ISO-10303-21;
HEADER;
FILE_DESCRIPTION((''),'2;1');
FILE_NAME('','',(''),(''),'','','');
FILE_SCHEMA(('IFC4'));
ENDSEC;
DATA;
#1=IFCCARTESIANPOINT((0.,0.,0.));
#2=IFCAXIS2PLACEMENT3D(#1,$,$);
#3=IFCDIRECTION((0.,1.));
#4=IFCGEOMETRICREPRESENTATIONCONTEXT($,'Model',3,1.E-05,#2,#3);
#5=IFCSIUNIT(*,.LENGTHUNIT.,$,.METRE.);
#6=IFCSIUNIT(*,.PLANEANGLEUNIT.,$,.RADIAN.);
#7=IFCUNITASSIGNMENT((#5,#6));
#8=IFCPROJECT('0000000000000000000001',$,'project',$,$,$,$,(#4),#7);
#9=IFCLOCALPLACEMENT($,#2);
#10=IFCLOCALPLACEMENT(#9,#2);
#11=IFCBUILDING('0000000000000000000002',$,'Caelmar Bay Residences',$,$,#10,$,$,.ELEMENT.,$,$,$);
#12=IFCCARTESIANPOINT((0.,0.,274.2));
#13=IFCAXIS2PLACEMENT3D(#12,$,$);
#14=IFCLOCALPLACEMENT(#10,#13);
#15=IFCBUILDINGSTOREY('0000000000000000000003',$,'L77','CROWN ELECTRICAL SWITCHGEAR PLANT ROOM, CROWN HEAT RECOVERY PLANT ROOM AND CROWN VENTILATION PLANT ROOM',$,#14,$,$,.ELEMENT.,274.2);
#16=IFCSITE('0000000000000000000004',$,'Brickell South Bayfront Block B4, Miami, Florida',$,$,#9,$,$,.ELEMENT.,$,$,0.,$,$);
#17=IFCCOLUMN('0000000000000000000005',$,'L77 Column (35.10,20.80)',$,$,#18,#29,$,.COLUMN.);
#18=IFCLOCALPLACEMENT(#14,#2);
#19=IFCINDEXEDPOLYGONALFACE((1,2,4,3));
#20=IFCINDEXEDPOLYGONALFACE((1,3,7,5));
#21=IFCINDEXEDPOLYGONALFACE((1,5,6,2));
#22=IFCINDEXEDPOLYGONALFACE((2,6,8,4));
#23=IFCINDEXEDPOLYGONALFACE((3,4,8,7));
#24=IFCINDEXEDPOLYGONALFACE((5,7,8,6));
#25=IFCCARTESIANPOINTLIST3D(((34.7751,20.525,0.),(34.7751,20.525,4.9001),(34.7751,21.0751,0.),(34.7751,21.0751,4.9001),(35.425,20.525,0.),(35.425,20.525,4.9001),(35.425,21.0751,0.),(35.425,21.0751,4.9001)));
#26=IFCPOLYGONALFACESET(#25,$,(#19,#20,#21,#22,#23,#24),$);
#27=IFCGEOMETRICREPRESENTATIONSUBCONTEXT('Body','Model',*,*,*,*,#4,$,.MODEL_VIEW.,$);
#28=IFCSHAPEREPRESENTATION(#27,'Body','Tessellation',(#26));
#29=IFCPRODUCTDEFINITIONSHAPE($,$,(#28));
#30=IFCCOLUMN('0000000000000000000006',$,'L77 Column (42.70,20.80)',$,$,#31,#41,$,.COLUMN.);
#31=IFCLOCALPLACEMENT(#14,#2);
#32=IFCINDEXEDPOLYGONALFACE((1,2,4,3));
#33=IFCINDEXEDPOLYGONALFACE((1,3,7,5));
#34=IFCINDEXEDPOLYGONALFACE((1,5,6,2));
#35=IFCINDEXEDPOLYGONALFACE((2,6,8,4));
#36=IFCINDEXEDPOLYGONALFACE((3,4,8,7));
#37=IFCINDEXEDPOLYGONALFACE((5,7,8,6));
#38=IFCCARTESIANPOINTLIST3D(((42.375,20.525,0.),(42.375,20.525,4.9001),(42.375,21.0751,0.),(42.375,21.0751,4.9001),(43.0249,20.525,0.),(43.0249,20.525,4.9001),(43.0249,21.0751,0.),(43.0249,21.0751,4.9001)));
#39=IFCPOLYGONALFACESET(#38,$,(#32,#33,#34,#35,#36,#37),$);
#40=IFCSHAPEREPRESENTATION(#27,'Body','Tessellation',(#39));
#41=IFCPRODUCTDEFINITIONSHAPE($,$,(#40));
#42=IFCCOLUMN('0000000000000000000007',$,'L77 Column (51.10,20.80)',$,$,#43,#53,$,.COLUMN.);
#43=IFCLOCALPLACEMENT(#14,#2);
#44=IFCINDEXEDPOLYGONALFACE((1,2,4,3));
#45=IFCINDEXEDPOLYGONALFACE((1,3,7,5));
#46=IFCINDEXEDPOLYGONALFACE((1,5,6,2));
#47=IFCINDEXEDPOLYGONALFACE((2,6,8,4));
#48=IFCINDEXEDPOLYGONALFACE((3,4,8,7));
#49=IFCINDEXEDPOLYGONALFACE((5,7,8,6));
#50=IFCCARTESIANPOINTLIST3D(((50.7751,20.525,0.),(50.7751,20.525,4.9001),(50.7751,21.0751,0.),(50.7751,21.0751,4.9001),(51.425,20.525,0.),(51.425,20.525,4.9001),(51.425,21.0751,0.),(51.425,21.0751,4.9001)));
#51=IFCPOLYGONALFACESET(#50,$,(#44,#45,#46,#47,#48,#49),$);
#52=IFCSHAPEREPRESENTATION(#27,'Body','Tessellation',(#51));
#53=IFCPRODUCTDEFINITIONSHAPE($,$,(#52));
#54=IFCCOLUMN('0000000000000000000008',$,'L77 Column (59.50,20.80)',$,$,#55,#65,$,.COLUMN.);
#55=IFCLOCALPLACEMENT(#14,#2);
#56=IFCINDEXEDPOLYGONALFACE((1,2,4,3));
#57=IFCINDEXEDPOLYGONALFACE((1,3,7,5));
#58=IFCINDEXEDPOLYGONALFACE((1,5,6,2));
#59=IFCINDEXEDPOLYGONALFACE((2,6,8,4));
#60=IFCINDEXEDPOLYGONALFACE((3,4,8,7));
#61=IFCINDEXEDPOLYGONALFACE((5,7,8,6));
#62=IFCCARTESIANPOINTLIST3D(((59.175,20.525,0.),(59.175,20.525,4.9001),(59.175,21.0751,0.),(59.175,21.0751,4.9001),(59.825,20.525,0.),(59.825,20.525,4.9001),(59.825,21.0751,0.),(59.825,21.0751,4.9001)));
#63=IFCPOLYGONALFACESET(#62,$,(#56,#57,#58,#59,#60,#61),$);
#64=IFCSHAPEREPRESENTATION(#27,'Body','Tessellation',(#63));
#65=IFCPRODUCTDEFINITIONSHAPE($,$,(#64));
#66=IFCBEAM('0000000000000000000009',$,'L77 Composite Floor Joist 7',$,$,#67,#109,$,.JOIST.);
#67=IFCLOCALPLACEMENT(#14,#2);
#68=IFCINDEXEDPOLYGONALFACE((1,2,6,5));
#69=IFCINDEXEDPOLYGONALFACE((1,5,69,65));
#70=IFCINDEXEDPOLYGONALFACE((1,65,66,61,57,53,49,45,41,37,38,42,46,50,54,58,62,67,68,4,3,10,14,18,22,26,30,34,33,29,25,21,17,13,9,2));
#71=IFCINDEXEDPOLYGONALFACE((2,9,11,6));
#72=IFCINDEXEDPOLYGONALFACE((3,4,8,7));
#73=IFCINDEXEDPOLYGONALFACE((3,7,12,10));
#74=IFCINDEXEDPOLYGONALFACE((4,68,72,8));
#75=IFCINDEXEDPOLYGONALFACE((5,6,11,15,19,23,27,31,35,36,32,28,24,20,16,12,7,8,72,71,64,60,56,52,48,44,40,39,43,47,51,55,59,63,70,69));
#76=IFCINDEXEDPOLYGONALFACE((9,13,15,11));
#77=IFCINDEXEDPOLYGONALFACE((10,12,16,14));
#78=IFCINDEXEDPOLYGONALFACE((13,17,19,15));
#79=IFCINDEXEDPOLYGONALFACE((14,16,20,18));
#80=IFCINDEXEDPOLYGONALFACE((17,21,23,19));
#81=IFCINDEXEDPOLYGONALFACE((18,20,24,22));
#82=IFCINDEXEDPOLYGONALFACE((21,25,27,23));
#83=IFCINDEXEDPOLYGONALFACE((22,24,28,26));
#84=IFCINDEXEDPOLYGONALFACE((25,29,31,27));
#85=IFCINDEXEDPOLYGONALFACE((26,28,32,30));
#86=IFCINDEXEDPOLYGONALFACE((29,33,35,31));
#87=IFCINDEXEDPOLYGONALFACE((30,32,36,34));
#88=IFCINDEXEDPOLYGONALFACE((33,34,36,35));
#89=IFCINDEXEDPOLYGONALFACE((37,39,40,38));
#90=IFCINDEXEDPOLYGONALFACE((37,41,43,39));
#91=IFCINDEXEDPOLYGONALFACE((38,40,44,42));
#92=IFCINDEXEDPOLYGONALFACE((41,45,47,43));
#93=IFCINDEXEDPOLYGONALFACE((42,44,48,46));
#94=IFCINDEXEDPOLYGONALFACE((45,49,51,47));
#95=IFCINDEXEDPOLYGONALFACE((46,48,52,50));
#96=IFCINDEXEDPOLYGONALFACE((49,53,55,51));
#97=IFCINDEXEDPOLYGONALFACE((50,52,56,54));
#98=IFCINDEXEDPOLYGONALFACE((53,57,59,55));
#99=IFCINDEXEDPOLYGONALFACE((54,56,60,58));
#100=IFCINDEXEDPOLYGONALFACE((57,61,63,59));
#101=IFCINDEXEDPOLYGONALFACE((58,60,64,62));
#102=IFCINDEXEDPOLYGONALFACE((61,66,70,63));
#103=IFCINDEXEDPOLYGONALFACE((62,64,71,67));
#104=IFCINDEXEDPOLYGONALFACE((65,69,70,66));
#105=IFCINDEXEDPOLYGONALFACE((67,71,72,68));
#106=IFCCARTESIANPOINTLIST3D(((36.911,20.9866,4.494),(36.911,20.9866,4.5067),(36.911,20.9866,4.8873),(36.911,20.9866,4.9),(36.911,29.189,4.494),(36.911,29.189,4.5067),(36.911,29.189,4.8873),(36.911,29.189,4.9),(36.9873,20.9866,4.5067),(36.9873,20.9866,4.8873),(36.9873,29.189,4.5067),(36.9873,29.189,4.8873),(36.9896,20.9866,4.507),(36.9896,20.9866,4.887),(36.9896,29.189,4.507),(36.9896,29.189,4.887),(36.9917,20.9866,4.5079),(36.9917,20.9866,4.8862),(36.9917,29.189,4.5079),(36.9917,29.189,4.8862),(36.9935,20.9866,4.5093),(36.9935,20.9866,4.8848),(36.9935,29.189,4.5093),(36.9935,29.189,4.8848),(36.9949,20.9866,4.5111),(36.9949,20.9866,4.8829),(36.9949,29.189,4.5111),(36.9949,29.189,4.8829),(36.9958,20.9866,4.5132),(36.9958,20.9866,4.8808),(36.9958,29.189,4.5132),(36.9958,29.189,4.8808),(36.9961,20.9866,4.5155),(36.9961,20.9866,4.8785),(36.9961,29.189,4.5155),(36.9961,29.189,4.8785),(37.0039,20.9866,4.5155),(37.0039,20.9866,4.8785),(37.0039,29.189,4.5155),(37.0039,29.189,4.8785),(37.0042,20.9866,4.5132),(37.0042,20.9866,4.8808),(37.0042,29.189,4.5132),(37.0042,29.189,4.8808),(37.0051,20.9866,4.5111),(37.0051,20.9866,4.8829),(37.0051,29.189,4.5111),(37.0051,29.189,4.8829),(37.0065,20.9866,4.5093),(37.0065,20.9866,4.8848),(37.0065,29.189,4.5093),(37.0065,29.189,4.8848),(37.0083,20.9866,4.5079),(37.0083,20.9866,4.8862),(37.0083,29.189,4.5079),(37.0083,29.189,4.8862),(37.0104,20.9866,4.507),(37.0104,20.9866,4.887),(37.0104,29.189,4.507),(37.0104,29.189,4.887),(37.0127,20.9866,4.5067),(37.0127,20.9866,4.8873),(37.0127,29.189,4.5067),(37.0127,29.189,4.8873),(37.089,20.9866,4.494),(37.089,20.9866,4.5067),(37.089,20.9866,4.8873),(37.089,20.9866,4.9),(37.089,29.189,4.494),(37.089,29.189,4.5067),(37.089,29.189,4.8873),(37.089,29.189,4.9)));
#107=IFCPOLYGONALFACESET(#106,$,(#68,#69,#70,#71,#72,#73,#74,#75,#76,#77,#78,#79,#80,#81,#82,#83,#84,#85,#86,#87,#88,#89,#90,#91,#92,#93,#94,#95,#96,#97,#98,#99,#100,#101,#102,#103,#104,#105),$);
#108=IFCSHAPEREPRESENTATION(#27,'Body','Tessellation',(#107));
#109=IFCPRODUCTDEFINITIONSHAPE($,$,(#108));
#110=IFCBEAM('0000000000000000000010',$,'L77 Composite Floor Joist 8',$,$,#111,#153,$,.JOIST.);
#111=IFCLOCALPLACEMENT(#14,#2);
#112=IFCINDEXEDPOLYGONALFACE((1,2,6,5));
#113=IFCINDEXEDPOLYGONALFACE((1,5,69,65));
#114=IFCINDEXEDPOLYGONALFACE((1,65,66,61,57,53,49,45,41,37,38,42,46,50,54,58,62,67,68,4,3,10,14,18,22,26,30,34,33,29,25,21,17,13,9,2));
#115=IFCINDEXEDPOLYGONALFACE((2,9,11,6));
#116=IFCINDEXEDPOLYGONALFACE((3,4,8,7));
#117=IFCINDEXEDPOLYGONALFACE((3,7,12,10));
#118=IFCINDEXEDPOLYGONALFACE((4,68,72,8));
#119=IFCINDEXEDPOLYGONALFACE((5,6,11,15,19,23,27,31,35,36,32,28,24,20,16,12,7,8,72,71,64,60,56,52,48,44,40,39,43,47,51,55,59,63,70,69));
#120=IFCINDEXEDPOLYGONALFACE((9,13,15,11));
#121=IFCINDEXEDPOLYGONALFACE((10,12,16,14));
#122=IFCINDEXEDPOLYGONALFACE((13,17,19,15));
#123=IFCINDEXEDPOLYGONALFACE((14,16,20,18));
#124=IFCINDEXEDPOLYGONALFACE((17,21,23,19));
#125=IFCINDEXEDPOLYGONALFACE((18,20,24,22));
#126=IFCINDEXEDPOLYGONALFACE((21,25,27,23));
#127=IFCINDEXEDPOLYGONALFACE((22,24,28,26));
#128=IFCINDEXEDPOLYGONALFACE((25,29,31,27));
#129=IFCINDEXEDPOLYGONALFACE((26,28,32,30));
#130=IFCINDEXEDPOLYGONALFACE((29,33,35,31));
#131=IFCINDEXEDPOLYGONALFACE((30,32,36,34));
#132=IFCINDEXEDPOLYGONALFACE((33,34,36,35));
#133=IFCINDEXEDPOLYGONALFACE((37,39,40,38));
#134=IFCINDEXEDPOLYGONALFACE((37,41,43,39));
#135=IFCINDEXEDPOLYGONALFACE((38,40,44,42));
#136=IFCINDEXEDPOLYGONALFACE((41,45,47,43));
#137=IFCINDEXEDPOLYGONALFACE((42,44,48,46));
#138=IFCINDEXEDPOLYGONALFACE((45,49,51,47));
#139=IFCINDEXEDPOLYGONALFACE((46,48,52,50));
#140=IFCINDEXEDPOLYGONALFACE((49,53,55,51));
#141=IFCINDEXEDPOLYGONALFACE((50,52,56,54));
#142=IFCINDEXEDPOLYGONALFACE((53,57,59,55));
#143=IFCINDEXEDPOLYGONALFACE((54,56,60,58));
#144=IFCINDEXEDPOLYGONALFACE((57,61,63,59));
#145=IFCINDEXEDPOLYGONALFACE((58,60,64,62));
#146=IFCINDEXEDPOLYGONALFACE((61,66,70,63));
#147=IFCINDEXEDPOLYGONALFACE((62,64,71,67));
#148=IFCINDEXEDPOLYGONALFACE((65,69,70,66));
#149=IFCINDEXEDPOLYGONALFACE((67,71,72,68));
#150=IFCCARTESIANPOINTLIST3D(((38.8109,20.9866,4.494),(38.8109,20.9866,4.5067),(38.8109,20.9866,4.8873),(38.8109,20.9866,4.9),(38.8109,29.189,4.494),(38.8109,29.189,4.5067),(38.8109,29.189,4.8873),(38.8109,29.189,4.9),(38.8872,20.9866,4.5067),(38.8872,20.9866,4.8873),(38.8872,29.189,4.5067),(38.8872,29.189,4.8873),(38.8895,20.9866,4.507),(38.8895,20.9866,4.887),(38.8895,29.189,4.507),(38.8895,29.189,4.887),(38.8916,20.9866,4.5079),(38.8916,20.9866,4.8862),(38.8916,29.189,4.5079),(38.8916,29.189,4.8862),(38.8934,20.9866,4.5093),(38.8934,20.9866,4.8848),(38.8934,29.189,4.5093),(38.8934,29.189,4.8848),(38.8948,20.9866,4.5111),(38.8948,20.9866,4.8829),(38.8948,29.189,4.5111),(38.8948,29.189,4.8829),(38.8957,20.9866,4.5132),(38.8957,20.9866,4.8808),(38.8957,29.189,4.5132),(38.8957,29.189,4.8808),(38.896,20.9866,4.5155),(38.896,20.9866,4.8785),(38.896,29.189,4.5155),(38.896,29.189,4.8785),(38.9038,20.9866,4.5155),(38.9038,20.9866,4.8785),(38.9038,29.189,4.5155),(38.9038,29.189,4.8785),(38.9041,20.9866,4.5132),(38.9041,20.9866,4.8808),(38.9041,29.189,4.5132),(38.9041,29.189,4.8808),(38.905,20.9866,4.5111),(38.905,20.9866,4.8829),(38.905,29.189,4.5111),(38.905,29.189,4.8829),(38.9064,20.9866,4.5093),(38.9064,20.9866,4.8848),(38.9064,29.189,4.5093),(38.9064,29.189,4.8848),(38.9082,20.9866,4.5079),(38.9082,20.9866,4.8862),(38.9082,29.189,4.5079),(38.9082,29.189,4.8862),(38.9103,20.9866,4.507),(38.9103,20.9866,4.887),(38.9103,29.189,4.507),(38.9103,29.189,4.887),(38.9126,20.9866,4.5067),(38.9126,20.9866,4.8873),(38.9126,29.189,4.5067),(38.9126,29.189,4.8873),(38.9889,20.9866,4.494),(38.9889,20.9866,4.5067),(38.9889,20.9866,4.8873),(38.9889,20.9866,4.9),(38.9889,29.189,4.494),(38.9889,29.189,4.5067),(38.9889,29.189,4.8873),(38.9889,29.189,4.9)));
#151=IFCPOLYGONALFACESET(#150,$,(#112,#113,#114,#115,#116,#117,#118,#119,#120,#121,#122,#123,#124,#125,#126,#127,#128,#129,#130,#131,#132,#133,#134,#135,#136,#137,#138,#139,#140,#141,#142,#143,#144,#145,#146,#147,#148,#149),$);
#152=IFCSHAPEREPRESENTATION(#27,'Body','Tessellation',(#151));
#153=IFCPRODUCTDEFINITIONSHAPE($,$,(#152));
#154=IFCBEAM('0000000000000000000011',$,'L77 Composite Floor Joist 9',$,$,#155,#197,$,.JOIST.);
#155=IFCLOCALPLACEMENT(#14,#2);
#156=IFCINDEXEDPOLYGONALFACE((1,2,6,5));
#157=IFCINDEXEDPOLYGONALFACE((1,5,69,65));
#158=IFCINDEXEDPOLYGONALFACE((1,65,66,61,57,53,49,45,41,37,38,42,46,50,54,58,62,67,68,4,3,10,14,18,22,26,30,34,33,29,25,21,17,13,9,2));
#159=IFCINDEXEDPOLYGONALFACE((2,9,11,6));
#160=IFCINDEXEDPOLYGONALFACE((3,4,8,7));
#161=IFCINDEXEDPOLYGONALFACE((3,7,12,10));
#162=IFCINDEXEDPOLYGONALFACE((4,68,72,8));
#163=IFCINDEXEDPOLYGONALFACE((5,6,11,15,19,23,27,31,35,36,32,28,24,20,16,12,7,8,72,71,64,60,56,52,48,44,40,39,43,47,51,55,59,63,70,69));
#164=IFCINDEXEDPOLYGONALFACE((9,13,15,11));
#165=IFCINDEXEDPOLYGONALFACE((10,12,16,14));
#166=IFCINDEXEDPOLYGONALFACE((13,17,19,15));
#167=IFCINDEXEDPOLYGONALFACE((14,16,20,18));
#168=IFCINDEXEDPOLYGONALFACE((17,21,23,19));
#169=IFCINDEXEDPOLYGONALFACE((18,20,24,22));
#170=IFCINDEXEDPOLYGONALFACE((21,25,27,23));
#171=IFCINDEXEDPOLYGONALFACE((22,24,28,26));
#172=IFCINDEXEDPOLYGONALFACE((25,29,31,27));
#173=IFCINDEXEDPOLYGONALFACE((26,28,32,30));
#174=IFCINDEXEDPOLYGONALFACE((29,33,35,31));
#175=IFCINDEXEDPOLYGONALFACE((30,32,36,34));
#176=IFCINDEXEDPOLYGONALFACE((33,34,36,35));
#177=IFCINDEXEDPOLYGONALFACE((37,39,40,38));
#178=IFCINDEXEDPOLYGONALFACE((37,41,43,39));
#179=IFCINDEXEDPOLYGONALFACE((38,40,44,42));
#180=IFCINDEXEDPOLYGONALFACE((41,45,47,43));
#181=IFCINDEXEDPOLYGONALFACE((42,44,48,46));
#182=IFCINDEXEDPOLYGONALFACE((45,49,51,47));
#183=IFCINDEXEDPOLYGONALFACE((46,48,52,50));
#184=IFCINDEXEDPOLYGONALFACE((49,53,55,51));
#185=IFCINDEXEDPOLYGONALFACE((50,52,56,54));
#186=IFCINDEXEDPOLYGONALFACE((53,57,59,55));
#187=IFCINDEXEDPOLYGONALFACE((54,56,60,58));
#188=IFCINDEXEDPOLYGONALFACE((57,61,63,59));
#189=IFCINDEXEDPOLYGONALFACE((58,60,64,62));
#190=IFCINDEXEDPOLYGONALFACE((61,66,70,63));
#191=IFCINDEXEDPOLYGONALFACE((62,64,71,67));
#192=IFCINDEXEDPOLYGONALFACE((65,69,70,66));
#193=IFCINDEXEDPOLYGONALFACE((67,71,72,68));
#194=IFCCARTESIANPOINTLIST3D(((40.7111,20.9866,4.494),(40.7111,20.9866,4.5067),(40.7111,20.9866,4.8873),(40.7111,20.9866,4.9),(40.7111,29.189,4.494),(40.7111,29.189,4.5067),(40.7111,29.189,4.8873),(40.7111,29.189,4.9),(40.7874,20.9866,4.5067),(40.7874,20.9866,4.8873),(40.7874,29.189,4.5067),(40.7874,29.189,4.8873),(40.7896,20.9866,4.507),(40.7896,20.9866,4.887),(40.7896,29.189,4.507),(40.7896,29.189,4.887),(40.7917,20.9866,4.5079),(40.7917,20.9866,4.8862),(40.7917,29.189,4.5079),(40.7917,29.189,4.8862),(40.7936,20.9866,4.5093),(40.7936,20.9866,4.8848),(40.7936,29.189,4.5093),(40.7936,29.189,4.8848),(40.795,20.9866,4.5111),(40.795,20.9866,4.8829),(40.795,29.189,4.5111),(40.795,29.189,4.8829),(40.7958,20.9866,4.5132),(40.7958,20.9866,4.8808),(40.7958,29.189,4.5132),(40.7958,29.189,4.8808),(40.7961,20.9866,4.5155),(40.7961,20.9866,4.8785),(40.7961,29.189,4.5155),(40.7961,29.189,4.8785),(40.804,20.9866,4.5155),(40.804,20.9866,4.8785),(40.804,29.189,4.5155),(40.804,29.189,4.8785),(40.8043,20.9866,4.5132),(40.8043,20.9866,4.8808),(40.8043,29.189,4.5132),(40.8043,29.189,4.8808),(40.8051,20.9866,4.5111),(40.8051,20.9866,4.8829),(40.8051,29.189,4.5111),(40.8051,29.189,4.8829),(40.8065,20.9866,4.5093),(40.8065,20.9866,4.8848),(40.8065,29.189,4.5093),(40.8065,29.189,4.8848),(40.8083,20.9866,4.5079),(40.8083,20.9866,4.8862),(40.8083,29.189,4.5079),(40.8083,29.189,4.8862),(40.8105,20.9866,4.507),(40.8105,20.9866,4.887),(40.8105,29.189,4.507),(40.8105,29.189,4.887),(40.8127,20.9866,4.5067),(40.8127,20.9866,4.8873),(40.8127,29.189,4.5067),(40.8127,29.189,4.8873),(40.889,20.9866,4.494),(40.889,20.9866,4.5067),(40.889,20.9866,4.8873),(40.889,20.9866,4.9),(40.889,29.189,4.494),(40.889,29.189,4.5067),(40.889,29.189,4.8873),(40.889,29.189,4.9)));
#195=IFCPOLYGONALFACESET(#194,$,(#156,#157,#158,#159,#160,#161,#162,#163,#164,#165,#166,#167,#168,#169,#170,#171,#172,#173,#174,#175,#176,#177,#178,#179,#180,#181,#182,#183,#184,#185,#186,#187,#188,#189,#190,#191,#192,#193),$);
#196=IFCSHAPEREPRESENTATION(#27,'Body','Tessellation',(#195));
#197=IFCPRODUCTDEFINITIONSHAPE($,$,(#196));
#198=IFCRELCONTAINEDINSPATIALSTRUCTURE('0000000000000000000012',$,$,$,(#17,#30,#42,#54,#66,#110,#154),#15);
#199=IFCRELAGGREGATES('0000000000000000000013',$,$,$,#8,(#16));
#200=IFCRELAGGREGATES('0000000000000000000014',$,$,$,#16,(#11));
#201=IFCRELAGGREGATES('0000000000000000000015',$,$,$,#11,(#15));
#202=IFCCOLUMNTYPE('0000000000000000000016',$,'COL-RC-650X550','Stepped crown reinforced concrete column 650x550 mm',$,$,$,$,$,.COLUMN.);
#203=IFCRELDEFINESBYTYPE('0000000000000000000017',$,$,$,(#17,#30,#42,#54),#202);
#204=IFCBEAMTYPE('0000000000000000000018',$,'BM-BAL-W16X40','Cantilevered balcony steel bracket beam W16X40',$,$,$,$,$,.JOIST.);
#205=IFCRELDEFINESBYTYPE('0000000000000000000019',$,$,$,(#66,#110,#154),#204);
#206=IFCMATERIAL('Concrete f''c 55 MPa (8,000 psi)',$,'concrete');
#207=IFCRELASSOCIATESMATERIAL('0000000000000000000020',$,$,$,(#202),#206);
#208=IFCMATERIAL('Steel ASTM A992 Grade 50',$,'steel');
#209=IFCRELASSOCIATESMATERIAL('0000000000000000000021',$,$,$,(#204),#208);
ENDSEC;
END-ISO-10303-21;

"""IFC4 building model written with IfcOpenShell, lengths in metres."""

from ifc_helpers import new_model, si_unit, direction, frame, origin, origin_2d, place, context, subcontext, project, spatial, rectangle, i_section, extrude, material, material_profile, profile_set, type_object, element, save


model = new_model("IFC4")

# Units and contexts
model_context = context("Model", 3, precision=1e-05, world=origin(), true_north=direction((0.0, 1.0)))
body_context = subcontext(model_context, "Body", "Model", "MODEL_VIEW")
ifc_project = project(units=[si_unit("LENGTHUNIT", "METRE"), si_unit("PLANEANGLEUNIT", "RADIAN")], contexts=[model_context])

# Site, building, storey
site_placement = place(None, origin())
site = spatial("IfcSite", under=ifc_project, at=site_placement, Name="Brickell South Bayfront Block B4, Miami, Florida", CompositionType="ELEMENT", RefElevation=0.0)
building_placement = place(site_placement, origin())
building = spatial("IfcBuilding", under=site, at=building_placement, Name="Caelmar Bay Residences", CompositionType="ELEMENT")
storey_placement = place(building_placement, frame((0.0, 0.0, 274.2)))
storey = spatial("IfcBuildingStorey", under=building, at=storey_placement, Name="L77", Description="CROWN ELECTRICAL SWITCHGEAR PLANT ROOM, CROWN HEAT RECOVERY PLANT ROOM AND CROWN VENTILATION PLANT ROOM", CompositionType="ELEMENT", Elevation=274.2)

# Columns
ifc_material_1 = material(Name="Concrete f'c 55 MPa (8,000 psi)", Category="concrete")
ifc_material_profile_1 = material_profile(ifc_material_1, rectangle(XDim=0.6499, YDim=0.55, at=origin_2d()), Name="RC-COL-650X550")
ifc_profile_set_1 = profile_set([ifc_material_profile_1], Name="Concrete f'c 55 MPa (8,000 psi)")
column_type = type_object("IfcColumnType", Name="COL-RC-650X550", Description="Stepped crown reinforced concrete column 650x550 mm", PredefinedType="COLUMN", material=ifc_profile_set_1)
for number, where, z_axis, x_axis, name in (
    (1, (35.1001, 20.8, 0.0), (0.0, 0.0, 1.0), (1.0, 0.0, 0.0), "L77 Column (35.10,20.80)"),
    (2, (42.7, 20.8, 0.0), (0.0, 0.0, 1.0), (1.0, 0.0, 0.0), "L77 Column (42.70,20.80)"),
    (3, (51.1001, 20.8, 0.0), (0.0, 0.0, 1.0), (1.0, 0.0, 0.0), "L77 Column (51.10,20.80)"),
    (4, (59.5, 20.8, 0.0), (0.0, 0.0, 1.0), (1.0, 0.0, 0.0), "L77 Column (59.50,20.80)"),
):
    element("IfcColumn", number, at=place(storey_placement, frame(where, z_axis=z_axis, x_axis=x_axis)), inside=storey, type_object=column_type, Name=name, PredefinedType="COLUMN", context=body_context, shape_type="SweptSolid", body=[
        extrude(rectangle(XDim=0.6499, YDim=0.55, at=origin_2d()), origin(), (0.0, 0.0, 1.0), 4.9001),
    ])

# Beams
ifc_material_2 = material(Name="Steel ASTM A992 Grade 50", Category="steel")
ifc_material_profile_2 = material_profile(ifc_material_2, i_section(OverallWidth=0.178, OverallDepth=0.406, WebThickness=0.0078, FlangeThickness=0.0127, FilletRadius=0.0088, at=origin_2d()), Name="W16X40")
ifc_profile_set_2 = profile_set([ifc_material_profile_2], Name="Steel ASTM A992 Grade 50")
beam_type_1 = type_object("IfcBeamType", Name="BM-BAL-W16X40", Description="Cantilevered balcony steel bracket beam W16X40", PredefinedType="JOIST", material=ifc_profile_set_2)
for number, where, z_axis, x_axis, name in (
    (5, (37.0, 20.9866, 4.697), (0.0, 1.0, 0.0), (-1.0, 0.0, 0.0), "L77 Composite Floor Joist 7"),
    (6, (38.8999, 20.9866, 4.697), (0.0, 1.0, 0.0), (-1.0, 0.0, 0.0), "L77 Composite Floor Joist 8"),
    (7, (40.8, 20.9866, 4.697), (0.0, 1.0, 0.0), (-1.0, 0.0, 0.0), "L77 Composite Floor Joist 9"),
):
    element("IfcBeam", number, at=place(storey_placement, frame(where, z_axis=z_axis, x_axis=x_axis)), inside=storey, type_object=beam_type_1, Name=name, PredefinedType="JOIST", context=body_context, shape_type="SweptSolid", body=[
        extrude(i_section(OverallWidth=0.178, OverallDepth=0.406, WebThickness=0.0078, FlangeThickness=0.0127, FilletRadius=0.0088, at=origin_2d()), origin(), (0.0, 0.0, 1.0), 8.2024),
    ])

save(model, "model.ifc")
